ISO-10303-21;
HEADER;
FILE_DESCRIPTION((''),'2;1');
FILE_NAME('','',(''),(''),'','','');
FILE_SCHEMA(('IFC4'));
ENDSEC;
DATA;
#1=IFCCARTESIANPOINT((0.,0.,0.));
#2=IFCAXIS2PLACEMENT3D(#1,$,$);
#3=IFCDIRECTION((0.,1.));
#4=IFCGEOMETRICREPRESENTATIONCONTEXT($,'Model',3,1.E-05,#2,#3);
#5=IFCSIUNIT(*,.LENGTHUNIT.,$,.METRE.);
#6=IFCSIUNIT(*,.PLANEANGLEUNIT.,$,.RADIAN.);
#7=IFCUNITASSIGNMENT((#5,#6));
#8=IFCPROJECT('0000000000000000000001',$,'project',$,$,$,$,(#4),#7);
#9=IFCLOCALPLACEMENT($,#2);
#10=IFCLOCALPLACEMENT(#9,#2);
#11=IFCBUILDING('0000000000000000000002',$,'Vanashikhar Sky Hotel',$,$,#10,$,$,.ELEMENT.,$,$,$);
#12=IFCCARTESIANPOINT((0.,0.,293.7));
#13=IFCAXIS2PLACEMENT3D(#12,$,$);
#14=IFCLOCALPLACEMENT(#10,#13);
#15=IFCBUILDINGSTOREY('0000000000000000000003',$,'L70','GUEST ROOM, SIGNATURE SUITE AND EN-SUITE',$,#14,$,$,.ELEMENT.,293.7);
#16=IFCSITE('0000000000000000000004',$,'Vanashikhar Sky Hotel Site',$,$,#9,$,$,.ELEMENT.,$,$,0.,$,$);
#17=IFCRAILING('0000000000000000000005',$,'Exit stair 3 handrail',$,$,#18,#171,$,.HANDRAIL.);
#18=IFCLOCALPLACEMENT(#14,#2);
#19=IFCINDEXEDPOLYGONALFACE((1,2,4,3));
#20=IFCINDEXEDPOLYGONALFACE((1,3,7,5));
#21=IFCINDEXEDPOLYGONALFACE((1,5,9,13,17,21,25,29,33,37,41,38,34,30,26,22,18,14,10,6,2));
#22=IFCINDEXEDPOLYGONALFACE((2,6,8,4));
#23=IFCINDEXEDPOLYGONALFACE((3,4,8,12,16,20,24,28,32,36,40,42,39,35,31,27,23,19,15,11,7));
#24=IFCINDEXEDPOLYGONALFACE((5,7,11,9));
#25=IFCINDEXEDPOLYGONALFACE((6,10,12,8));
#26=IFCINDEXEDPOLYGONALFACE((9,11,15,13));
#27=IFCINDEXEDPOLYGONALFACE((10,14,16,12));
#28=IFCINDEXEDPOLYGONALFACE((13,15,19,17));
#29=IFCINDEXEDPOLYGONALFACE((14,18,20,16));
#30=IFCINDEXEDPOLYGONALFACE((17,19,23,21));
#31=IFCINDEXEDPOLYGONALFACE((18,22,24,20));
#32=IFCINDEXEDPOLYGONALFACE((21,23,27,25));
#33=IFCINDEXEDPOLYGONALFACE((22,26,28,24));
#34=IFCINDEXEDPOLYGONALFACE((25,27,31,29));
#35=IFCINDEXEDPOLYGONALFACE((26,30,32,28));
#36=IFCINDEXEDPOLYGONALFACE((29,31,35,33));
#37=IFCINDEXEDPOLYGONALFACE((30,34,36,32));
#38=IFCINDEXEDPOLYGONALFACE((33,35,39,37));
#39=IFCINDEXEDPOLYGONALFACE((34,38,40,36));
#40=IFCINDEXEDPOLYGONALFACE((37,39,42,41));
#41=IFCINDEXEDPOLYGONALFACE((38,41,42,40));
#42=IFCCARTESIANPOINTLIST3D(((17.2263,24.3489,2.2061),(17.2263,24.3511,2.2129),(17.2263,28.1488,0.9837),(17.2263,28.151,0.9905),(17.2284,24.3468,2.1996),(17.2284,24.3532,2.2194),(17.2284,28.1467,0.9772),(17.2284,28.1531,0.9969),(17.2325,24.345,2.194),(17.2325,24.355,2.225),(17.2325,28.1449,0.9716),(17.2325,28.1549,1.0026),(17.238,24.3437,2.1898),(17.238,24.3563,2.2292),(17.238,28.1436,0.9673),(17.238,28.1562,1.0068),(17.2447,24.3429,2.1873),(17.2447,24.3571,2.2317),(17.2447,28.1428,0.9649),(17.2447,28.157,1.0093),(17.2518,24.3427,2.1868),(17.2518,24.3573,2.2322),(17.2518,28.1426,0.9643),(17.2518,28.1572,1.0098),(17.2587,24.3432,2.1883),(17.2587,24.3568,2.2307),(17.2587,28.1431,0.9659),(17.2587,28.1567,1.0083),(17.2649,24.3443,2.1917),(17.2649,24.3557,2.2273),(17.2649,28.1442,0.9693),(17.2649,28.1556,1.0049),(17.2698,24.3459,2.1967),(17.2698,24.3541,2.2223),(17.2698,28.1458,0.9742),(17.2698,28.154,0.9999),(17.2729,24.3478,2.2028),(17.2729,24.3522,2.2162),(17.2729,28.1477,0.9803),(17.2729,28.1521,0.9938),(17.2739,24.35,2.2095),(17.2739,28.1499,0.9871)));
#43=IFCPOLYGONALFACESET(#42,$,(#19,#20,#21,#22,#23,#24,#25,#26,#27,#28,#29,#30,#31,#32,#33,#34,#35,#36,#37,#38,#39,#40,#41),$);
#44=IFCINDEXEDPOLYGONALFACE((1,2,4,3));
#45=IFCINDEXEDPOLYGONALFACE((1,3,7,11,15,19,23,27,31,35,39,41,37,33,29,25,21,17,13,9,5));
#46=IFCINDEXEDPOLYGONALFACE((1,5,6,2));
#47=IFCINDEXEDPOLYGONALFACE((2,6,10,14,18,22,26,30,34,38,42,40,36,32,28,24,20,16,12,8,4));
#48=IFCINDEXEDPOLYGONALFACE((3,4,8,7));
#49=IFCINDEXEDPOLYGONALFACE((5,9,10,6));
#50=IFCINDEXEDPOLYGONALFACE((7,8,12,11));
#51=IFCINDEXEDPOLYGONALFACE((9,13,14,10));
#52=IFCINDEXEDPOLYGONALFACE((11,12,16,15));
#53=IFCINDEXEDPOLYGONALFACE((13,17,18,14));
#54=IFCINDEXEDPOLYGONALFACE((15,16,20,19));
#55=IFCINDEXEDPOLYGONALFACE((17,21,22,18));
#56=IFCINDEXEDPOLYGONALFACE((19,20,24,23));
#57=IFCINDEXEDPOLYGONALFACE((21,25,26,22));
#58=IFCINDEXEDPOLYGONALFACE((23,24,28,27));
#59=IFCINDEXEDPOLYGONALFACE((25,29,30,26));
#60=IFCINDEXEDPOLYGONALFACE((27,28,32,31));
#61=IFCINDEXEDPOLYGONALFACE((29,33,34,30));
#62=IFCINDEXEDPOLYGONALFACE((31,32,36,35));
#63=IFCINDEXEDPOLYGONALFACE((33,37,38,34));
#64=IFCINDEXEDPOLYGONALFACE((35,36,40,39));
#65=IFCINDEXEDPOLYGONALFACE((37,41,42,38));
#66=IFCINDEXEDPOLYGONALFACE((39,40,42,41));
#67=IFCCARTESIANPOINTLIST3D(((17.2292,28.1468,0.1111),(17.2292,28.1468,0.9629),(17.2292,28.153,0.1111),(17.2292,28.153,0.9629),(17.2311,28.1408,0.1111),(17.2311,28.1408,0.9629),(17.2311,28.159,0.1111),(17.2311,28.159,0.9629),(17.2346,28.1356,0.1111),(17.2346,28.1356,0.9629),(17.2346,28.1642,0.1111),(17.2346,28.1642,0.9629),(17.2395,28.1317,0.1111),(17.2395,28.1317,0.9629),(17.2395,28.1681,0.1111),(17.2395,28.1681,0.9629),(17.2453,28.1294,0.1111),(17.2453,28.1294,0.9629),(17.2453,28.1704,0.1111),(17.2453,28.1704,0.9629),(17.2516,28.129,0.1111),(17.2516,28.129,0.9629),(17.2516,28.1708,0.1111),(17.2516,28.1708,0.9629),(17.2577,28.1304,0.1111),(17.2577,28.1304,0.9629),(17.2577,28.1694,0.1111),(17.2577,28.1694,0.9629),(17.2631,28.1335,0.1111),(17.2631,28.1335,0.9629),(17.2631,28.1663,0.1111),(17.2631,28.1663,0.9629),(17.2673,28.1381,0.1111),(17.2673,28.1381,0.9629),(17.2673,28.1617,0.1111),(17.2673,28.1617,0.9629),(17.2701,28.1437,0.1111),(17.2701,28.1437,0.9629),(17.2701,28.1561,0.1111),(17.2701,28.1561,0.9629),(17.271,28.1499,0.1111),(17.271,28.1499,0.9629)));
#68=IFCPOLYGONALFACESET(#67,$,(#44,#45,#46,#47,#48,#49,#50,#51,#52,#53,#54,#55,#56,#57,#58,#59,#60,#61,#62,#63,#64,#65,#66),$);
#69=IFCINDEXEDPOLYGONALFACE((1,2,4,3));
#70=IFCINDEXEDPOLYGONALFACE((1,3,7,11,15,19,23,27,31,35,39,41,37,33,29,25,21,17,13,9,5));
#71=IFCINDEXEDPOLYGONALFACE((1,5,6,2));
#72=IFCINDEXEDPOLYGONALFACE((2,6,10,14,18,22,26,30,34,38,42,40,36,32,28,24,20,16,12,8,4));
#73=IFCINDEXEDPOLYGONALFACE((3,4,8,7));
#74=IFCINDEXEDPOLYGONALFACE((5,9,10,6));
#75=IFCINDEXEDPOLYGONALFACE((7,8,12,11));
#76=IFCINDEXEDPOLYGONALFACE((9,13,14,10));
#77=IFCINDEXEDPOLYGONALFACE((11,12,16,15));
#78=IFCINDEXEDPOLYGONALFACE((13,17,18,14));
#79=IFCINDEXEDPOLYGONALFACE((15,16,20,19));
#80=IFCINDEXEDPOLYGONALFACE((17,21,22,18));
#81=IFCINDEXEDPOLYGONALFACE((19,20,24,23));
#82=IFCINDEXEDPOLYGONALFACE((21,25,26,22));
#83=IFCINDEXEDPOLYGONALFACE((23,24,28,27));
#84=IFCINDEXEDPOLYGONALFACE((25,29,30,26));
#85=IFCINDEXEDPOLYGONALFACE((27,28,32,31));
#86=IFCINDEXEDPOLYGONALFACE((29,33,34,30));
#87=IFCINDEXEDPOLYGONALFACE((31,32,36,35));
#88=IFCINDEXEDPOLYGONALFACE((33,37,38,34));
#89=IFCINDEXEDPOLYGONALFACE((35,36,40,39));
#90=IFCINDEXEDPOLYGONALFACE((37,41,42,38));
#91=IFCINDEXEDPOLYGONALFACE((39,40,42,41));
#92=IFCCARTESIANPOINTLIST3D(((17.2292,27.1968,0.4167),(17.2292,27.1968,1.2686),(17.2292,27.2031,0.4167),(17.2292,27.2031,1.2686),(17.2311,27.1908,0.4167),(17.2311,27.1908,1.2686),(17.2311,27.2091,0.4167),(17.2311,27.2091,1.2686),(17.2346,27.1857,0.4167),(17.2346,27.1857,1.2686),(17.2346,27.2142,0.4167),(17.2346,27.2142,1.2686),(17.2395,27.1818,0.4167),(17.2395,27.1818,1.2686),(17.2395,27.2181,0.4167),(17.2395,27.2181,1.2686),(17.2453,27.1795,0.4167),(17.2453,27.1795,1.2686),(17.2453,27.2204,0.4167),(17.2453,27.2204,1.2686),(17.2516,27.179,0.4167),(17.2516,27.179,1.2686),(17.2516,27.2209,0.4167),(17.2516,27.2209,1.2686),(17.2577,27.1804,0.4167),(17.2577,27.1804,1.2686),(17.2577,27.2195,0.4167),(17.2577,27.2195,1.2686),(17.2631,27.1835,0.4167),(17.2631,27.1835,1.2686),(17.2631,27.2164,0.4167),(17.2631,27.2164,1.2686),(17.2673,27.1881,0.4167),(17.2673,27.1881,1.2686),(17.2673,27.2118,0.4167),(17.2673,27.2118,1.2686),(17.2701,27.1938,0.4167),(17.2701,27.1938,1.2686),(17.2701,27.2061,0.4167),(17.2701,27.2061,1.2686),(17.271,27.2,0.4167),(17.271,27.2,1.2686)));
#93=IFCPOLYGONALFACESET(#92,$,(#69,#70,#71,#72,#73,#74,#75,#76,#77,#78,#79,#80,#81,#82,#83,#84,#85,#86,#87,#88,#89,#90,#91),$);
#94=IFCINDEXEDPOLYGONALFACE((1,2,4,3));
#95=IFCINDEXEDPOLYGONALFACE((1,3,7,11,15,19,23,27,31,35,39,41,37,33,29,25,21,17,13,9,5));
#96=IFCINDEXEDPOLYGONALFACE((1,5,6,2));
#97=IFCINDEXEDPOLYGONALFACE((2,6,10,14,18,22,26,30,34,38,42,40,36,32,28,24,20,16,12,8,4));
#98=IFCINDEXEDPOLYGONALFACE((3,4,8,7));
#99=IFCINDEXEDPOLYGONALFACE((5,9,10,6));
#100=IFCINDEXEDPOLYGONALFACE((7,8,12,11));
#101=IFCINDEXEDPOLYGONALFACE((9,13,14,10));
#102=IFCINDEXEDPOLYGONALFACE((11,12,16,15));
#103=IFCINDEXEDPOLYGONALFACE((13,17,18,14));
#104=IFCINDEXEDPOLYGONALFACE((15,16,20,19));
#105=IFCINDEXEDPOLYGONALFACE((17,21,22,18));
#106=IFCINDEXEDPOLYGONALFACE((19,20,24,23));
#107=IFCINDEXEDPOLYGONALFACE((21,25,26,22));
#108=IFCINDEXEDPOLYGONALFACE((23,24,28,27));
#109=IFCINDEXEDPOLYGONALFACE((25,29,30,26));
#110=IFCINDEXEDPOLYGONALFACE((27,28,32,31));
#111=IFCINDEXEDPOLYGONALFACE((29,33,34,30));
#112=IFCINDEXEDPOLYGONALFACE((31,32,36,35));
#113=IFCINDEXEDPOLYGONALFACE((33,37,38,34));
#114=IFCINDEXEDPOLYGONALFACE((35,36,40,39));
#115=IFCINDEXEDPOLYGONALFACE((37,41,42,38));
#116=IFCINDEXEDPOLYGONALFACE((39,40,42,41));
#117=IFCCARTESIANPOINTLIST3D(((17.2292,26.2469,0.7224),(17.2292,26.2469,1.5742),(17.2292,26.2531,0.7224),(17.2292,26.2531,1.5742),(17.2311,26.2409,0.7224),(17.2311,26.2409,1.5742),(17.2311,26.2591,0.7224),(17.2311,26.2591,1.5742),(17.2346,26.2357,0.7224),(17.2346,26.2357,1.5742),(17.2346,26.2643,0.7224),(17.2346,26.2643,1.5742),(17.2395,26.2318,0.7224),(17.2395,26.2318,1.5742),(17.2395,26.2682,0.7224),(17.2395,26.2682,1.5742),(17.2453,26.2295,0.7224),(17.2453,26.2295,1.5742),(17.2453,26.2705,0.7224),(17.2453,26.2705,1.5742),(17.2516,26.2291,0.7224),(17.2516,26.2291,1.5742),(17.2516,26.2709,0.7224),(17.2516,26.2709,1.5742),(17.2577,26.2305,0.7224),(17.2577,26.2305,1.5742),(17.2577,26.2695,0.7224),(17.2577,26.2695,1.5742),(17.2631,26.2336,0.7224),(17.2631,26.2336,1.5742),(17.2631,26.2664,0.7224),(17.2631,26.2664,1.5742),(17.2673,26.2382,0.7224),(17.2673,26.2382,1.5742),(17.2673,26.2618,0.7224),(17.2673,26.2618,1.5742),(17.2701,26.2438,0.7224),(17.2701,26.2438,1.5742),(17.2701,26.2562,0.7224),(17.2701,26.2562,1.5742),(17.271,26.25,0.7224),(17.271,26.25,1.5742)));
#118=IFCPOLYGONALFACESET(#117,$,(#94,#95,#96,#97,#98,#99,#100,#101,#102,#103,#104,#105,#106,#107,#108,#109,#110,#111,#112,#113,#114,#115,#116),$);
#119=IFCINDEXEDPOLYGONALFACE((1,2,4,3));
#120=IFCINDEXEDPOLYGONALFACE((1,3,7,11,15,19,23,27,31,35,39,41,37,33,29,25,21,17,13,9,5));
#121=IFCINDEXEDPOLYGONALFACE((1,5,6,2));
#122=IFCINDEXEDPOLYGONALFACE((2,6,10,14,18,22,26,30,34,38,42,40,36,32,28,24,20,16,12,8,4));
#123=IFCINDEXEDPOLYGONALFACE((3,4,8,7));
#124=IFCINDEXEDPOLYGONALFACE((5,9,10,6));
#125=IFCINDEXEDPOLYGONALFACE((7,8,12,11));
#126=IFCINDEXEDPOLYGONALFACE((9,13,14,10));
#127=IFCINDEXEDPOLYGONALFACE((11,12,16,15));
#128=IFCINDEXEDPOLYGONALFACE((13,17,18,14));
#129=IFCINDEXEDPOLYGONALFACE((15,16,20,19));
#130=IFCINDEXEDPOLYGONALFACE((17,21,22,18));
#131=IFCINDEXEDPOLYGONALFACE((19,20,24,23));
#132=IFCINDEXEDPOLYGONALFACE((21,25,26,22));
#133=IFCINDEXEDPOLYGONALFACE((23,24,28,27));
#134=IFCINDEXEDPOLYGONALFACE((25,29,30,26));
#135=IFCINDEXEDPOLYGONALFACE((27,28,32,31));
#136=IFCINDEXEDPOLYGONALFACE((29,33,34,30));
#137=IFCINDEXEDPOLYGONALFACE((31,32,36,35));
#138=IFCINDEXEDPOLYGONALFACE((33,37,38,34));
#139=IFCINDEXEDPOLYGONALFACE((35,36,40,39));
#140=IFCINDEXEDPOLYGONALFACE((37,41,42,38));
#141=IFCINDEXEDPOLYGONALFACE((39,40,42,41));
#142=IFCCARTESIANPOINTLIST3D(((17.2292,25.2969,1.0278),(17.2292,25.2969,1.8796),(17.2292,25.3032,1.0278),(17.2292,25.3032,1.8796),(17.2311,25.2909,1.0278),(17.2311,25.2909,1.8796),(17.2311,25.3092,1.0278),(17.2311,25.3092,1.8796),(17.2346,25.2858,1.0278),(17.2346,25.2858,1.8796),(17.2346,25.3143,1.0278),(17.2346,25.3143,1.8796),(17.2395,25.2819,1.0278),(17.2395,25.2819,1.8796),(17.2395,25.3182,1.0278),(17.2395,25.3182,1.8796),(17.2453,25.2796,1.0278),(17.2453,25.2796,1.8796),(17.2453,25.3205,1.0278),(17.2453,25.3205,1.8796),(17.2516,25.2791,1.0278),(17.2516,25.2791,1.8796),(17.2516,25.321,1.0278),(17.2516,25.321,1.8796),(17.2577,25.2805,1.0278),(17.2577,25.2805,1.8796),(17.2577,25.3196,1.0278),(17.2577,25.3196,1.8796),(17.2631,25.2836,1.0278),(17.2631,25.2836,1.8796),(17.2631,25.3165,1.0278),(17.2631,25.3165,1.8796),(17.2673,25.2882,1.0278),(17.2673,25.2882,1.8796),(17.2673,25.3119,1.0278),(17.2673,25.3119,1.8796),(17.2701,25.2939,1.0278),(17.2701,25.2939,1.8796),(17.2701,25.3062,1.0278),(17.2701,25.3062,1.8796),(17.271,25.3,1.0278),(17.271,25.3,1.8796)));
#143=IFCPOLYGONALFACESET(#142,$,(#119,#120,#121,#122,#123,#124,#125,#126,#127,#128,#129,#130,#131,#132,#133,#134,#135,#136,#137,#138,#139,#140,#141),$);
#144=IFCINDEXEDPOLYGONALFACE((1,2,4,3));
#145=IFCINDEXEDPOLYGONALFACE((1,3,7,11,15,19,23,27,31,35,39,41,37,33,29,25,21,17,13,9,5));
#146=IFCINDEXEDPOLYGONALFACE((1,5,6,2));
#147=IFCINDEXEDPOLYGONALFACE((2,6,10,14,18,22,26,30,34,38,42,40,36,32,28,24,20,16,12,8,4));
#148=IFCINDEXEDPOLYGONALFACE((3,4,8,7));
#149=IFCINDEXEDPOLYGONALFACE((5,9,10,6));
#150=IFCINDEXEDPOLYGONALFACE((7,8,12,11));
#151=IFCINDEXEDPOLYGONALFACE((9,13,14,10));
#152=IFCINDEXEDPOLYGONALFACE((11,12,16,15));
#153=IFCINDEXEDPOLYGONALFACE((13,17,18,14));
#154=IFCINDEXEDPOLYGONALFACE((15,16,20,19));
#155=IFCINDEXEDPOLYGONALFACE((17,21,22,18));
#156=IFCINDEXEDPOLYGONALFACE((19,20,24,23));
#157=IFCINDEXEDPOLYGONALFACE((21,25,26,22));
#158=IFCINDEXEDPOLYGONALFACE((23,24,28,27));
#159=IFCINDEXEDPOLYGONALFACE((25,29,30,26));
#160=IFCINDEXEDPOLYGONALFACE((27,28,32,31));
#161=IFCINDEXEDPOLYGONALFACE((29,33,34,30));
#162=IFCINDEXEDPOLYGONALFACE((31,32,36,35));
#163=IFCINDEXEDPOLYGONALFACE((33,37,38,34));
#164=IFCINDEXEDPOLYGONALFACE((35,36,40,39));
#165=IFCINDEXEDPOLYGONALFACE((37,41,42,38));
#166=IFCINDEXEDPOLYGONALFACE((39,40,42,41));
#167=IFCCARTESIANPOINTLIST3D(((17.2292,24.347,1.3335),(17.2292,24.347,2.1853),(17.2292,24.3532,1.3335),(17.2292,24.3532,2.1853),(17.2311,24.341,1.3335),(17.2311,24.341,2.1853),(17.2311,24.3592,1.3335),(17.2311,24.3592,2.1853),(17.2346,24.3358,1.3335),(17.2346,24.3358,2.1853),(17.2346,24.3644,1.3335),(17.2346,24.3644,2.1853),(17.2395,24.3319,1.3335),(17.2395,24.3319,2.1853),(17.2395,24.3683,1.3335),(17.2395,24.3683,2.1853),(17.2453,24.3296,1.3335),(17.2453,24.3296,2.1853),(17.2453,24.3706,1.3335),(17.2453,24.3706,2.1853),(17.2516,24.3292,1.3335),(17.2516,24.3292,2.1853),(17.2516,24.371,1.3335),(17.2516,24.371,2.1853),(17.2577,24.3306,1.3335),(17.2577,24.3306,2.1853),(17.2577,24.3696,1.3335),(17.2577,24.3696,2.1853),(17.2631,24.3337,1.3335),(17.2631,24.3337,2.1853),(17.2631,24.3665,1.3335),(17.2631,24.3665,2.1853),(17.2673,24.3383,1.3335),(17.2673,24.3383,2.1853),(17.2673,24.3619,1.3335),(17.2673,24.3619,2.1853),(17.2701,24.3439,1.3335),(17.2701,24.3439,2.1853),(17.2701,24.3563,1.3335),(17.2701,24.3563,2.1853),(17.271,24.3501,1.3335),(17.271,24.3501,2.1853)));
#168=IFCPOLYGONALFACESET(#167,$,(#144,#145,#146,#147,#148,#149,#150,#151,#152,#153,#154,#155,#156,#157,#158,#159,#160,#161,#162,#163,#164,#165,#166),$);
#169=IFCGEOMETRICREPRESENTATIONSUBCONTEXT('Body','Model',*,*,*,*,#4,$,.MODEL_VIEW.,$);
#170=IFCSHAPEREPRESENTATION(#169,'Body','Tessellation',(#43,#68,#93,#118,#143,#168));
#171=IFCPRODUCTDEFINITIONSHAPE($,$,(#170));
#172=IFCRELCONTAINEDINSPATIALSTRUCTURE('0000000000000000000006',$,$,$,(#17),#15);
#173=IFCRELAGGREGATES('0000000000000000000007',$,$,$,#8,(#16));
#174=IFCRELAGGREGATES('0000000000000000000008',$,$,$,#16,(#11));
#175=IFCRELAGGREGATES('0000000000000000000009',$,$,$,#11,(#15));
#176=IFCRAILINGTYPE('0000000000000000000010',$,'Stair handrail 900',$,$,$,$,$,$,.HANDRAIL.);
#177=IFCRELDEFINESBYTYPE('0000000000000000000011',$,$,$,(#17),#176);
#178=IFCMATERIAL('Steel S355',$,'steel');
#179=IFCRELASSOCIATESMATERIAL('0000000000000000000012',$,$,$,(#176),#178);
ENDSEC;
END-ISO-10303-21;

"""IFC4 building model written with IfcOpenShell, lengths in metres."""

from ifc_helpers import new_model, si_unit, direction, frame, origin, origin_2d, place, context, subcontext, project, spatial, circle, extrude, source, transform, mapped, material, type_object, element, save


model = new_model("IFC4")

# Units and contexts
model_context = context("Model", 3, precision=1e-05, world=origin(), true_north=direction((0.0, 1.0)))
body_context = subcontext(model_context, "Body", "Model", "MODEL_VIEW")
ifc_project = project(units=[si_unit("LENGTHUNIT", "METRE"), si_unit("PLANEANGLEUNIT", "RADIAN")], contexts=[model_context])

# Site, building, storey
site_placement = place(None, origin())
site = spatial("IfcSite", under=ifc_project, at=site_placement, Name="Vanashikhar Sky Hotel Site", CompositionType="ELEMENT", RefElevation=0.0)
building_placement = place(site_placement, origin())
building = spatial("IfcBuilding", under=site, at=building_placement, Name="Vanashikhar Sky Hotel", CompositionType="ELEMENT")
storey_placement = place(building_placement, frame((0.0, 0.0, 293.7)))
storey = spatial("IfcBuildingStorey", under=building, at=storey_placement, Name="L70", Description="GUEST ROOM, SIGNATURE SUITE AND EN-SUITE", CompositionType="ELEMENT", Elevation=293.7)

# Railing
ifc_material_1 = material(Name="Steel S355", Category="steel")
railing_type_1 = type_object("IfcRailingType", Name="Stair handrail 900", PredefinedType="HANDRAIL", material=ifc_material_1)
shared_shape_1 = source(origin(), body_context, "Body", "SweptSolid", [
    extrude(circle(Radius=0.0239, at=origin_2d()), frame((0.0, 0.0, 0.876), z_axis=(0.0, -0.951952, 0.306247), x_axis=(1.0, 0.0, 0.0)), (0.0, 0.0, 1.0), 3.9917),
    extrude(circle(Radius=0.021, at=origin_2d()), origin(), (0.0, 0.0, 1.0), 0.8518),
    extrude(circle(Radius=0.021, at=origin_2d()), frame((0.0, -0.95, 0.3057)), (0.0, 0.0, 1.0), 0.8518),
    extrude(circle(Radius=0.021, at=origin_2d()), frame((0.0, -1.8999, 0.6113)), (0.0, 0.0, 1.0), 0.8518),
    extrude(circle(Radius=0.021, at=origin_2d()), frame((0.0, -2.8499, 0.9167)), (0.0, 0.0, 1.0), 0.8518),
    extrude(circle(Radius=0.021, at=origin_2d()), frame((0.0, -3.7998, 1.2224)), (0.0, 0.0, 1.0), 0.8518),
])
railing_1_placement = place(storey_placement, frame((17.25, 28.1499, 0.1111)))
element("IfcRailing", 1, at=railing_1_placement, inside=storey, type_object=railing_type_1, Name="Exit stair 3 handrail", PredefinedType="HANDRAIL", context=body_context, shape_type="MappedRepresentation", body=[
    mapped(shared_shape_1, transform((0.0, 0.0, 0.0), scale=1.0)),
])

save(model, "model.ifc")
